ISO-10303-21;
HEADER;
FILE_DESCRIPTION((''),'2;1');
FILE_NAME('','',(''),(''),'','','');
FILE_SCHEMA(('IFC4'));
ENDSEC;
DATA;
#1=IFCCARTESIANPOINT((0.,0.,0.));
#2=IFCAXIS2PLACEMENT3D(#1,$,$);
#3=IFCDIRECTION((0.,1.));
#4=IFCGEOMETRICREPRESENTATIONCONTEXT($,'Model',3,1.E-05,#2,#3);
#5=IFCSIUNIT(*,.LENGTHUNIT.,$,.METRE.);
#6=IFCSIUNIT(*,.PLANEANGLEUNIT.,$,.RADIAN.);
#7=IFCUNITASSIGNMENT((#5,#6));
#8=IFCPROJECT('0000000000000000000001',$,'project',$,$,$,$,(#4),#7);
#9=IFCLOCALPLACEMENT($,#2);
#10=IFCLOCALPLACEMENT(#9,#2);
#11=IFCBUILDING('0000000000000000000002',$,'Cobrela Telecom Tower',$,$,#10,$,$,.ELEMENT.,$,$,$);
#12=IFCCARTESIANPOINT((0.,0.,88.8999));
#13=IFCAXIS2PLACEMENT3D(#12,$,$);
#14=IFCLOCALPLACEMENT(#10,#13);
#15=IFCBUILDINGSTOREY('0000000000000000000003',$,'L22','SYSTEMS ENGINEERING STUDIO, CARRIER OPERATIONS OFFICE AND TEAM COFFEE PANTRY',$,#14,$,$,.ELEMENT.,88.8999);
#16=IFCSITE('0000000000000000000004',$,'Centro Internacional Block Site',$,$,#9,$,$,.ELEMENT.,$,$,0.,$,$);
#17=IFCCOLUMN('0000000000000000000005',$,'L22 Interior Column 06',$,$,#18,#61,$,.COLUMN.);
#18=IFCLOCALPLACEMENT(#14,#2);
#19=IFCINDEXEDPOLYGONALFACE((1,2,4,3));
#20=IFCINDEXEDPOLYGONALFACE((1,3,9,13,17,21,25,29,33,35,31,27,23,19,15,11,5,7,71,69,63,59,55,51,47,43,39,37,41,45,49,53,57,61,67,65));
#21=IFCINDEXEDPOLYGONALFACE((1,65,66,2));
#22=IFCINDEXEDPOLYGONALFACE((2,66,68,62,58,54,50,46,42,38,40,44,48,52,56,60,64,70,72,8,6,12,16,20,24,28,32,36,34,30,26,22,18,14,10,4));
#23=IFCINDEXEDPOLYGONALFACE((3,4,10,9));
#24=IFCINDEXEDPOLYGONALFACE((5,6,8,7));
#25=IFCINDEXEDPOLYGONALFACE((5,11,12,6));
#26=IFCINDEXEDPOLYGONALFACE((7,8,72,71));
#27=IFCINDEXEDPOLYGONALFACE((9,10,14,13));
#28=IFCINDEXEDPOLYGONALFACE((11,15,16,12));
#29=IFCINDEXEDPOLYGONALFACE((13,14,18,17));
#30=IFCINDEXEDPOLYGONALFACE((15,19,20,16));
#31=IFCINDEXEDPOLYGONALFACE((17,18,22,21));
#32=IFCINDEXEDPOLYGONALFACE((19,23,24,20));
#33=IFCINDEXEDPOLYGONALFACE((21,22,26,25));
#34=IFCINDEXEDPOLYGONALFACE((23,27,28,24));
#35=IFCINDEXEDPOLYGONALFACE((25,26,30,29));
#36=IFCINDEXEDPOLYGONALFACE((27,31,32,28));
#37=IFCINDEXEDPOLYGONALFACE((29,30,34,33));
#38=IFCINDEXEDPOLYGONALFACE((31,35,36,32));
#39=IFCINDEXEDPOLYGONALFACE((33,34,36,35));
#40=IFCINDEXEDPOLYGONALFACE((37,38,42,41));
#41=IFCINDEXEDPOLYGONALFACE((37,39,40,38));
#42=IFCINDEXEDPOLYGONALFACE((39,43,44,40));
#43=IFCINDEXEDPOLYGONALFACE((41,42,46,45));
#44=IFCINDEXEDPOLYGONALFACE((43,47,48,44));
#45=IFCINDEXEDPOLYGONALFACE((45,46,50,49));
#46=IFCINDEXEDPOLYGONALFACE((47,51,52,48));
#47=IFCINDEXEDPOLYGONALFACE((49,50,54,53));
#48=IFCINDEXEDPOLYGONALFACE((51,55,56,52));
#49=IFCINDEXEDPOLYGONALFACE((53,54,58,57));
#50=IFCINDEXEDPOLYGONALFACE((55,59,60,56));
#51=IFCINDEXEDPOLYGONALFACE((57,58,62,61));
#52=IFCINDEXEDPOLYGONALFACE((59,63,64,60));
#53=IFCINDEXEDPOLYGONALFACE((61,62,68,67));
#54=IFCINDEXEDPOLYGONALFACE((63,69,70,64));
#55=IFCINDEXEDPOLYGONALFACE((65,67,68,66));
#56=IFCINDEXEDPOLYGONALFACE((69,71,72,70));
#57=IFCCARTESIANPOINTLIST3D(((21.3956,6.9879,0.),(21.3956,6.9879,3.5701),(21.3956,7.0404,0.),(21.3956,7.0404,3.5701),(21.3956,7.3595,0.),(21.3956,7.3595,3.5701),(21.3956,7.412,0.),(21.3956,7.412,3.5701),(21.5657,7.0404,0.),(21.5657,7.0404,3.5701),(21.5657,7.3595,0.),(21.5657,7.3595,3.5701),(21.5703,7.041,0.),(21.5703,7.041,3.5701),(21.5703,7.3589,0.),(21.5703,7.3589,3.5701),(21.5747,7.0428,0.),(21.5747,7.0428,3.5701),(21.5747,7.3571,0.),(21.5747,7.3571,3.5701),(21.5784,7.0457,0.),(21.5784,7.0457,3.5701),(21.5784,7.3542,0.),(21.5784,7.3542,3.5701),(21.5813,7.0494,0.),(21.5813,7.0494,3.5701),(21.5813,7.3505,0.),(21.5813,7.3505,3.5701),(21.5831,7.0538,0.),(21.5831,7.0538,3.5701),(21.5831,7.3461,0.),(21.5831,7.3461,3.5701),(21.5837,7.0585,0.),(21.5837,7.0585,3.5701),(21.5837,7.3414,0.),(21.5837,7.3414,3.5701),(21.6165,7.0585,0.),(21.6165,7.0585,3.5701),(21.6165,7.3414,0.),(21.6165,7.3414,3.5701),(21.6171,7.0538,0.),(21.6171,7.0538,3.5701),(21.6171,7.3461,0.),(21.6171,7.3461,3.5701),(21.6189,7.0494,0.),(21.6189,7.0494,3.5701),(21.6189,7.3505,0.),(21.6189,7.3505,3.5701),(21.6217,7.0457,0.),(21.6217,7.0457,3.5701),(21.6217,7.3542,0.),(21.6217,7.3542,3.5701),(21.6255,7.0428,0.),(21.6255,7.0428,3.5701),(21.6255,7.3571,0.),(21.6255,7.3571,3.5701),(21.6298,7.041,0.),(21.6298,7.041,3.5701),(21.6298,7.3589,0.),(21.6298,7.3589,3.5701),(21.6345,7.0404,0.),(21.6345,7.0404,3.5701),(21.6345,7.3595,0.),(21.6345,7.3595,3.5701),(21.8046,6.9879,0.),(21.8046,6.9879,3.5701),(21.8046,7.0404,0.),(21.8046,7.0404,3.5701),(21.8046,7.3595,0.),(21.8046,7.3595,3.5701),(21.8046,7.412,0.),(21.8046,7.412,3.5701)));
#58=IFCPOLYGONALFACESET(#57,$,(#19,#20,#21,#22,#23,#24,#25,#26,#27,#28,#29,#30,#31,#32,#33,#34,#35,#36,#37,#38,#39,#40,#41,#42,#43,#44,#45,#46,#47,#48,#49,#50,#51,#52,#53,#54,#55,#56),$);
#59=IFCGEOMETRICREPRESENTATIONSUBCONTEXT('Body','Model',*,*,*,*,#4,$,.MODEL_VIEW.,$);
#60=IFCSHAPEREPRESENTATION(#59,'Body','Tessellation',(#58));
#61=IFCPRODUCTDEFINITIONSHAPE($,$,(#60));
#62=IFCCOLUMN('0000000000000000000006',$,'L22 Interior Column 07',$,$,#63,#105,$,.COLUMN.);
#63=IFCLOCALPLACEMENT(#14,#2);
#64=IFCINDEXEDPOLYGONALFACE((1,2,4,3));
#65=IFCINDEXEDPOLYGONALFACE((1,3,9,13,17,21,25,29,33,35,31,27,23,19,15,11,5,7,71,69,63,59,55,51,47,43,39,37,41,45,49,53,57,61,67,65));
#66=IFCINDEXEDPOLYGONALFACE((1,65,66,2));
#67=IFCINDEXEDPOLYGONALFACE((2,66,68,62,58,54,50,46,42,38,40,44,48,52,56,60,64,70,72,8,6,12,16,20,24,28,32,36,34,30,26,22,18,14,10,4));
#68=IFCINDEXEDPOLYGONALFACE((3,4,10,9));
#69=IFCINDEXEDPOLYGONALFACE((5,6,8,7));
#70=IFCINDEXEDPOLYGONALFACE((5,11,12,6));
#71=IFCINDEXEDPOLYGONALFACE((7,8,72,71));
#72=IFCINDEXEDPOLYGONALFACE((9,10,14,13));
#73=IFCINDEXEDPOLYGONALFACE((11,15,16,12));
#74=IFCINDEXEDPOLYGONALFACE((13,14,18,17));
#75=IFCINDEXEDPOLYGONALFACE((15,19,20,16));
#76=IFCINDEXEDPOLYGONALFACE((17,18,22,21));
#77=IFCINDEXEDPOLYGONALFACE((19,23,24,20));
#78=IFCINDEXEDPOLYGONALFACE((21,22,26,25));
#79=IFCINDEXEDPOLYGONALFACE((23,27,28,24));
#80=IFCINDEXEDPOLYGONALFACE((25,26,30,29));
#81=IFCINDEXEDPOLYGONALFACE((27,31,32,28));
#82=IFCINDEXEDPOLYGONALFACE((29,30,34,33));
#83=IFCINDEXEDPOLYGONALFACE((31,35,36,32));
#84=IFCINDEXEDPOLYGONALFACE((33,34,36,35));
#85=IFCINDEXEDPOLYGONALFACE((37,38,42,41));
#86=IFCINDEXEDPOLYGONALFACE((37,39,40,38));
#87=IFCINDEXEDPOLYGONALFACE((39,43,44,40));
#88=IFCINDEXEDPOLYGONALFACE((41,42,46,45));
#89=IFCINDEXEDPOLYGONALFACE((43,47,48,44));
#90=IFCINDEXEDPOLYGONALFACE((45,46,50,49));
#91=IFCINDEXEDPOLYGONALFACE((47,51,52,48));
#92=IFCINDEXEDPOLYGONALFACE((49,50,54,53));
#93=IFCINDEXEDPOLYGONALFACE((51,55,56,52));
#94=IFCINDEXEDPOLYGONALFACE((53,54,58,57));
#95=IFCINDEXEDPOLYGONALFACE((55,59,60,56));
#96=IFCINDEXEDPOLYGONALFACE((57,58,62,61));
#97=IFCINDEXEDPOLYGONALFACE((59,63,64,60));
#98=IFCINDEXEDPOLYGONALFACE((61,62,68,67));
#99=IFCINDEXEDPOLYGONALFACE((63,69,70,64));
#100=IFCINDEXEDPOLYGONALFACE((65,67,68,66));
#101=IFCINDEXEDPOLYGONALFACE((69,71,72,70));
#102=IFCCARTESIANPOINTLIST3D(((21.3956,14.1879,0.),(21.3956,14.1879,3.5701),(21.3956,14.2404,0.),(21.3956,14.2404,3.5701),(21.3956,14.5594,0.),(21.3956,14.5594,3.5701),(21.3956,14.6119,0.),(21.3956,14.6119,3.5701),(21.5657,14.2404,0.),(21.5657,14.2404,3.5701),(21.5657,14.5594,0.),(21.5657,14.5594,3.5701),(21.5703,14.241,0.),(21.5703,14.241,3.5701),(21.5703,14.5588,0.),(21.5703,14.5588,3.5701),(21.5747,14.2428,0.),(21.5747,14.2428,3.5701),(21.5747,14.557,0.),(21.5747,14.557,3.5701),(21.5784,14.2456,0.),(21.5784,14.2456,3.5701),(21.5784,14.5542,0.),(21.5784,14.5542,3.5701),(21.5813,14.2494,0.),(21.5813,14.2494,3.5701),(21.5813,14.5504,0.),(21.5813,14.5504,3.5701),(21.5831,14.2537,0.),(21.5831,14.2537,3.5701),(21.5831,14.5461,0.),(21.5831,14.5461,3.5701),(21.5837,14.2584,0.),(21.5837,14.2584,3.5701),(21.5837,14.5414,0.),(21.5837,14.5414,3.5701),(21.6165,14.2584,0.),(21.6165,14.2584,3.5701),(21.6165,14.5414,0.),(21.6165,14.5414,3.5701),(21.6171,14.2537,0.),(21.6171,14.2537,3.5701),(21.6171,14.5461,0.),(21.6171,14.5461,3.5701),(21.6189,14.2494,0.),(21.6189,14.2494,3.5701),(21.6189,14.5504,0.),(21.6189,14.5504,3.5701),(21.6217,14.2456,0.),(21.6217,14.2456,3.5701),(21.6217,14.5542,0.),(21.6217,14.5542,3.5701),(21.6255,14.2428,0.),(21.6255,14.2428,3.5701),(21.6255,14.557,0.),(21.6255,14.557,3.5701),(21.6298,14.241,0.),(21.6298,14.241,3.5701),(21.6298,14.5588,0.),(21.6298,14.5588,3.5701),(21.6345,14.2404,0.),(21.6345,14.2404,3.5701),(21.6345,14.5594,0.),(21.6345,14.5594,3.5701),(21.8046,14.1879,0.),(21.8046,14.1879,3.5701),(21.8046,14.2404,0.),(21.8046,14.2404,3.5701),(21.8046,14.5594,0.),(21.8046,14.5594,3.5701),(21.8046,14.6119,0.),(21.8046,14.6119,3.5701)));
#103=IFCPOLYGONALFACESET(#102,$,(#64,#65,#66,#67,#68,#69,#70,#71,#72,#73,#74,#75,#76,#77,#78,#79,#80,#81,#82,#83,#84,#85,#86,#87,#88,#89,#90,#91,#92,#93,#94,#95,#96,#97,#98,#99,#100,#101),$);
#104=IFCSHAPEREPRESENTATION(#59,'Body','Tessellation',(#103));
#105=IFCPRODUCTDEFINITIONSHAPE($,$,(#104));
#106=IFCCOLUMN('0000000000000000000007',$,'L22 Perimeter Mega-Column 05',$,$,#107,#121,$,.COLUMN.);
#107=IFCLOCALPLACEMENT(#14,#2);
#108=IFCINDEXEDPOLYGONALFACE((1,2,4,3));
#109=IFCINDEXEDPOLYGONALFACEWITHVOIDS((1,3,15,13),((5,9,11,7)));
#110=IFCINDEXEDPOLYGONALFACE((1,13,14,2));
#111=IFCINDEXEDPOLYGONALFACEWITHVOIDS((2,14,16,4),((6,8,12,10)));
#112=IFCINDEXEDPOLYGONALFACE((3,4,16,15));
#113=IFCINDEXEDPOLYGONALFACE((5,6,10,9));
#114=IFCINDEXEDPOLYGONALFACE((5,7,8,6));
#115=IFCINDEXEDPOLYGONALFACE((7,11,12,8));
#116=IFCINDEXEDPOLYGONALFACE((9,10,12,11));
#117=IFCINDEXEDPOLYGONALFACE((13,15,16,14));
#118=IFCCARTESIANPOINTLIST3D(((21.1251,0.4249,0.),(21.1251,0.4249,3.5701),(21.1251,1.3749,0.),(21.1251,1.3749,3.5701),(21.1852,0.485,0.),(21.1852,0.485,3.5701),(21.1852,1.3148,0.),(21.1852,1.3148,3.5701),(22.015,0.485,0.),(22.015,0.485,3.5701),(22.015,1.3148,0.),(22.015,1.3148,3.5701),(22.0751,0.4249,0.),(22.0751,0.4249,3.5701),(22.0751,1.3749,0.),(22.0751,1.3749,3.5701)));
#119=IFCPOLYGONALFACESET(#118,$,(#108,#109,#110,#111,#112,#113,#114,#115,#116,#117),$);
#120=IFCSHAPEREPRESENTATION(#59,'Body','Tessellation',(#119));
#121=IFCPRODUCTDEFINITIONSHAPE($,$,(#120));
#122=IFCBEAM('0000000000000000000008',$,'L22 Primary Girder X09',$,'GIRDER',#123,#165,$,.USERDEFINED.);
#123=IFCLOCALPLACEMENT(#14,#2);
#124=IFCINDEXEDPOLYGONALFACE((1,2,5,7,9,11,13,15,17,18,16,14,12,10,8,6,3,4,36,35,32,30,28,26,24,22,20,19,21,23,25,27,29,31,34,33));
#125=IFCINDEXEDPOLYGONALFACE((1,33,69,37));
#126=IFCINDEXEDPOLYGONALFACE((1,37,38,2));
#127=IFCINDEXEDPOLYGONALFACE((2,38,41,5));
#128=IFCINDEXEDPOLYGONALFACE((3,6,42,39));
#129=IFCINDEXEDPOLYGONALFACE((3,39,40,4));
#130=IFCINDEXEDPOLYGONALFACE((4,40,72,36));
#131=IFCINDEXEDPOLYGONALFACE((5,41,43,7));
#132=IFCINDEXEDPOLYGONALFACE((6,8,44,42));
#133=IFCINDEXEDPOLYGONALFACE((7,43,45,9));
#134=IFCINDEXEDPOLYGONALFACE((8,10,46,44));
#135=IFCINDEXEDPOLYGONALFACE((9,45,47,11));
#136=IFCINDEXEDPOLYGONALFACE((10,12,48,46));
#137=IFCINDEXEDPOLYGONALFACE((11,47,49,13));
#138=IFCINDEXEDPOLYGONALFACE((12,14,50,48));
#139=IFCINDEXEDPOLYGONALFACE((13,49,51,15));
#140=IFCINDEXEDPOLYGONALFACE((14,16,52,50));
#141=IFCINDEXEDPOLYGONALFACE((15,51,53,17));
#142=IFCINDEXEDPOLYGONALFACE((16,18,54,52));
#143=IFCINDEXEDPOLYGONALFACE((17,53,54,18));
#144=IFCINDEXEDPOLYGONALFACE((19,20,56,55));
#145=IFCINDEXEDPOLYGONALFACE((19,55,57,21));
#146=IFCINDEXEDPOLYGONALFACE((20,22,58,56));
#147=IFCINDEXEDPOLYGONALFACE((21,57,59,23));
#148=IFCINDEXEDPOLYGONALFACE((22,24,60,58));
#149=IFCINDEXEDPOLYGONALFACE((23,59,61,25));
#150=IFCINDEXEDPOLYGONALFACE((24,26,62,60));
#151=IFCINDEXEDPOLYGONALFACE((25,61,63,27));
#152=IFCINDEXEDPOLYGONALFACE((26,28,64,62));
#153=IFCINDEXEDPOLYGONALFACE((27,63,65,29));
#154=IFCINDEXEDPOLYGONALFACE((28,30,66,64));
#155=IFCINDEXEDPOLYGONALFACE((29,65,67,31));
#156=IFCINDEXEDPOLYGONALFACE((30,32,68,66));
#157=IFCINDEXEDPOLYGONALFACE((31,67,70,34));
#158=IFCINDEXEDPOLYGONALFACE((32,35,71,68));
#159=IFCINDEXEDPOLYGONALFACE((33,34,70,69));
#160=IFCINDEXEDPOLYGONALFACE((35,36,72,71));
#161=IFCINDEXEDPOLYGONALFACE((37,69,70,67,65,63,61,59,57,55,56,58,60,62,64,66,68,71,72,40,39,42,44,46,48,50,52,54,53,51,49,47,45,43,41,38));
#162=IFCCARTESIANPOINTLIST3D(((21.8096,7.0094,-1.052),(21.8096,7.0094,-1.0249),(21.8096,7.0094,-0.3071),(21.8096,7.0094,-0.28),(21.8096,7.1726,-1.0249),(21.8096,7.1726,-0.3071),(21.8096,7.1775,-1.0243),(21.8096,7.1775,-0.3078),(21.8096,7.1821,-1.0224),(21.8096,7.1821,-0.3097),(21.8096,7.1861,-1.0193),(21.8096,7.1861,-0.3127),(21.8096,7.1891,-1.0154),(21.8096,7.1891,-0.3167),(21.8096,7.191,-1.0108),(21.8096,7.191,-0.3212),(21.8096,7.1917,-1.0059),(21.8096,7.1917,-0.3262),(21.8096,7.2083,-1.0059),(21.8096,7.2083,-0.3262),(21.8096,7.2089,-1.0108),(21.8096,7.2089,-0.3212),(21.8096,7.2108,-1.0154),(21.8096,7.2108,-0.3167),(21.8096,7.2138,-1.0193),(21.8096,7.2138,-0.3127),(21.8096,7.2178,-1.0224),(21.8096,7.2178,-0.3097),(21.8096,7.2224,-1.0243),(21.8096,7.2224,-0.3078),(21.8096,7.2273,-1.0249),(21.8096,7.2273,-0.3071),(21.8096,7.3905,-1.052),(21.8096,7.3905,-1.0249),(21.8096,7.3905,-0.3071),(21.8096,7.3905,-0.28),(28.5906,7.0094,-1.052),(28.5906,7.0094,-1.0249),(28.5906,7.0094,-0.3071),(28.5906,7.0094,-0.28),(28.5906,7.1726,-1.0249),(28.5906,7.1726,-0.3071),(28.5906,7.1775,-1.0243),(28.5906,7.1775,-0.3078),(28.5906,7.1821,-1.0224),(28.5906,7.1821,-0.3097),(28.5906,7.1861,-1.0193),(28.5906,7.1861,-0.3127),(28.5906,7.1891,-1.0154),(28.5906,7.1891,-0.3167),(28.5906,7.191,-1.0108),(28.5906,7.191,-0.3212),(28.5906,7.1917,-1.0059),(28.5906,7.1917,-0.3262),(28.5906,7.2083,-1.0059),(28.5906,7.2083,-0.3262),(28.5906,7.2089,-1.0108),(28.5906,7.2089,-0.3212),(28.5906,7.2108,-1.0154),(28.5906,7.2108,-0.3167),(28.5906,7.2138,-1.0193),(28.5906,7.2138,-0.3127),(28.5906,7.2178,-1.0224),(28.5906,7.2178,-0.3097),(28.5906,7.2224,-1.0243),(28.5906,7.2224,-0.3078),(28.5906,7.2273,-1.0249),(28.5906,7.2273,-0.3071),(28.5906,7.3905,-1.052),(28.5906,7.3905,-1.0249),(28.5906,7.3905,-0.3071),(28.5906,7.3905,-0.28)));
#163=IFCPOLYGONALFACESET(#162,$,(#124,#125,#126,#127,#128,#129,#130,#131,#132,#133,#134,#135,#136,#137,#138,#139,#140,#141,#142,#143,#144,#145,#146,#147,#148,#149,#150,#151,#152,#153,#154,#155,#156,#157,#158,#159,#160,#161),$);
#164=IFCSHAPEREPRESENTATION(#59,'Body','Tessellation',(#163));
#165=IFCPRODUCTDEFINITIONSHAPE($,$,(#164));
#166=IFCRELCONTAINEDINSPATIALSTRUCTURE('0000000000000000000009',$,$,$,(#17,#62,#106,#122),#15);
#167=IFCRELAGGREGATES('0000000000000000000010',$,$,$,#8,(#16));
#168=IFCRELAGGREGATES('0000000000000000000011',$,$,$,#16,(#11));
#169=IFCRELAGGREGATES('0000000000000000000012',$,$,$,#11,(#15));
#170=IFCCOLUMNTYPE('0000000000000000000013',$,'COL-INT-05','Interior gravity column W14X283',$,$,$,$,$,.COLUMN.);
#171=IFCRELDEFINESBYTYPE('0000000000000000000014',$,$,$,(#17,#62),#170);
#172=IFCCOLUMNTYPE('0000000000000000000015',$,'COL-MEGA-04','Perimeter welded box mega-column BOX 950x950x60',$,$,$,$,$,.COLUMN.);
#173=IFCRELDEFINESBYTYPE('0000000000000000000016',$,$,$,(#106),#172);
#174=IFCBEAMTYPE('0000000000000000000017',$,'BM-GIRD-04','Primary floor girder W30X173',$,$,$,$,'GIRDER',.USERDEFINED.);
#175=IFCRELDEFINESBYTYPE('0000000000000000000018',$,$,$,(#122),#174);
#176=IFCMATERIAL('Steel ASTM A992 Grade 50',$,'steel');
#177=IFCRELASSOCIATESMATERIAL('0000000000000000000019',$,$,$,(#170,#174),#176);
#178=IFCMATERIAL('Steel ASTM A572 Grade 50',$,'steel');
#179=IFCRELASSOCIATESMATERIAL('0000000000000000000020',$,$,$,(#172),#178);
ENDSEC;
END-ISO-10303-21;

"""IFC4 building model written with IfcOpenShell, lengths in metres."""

from ifc_helpers import new_model, si_unit, direction, frame, origin, origin_2d, place, context, subcontext, project, spatial, hollow_rectangle, i_section, extrude, material, material_profile, profile_set, type_object, element, save


model = new_model("IFC4")

# Units and contexts
model_context = context("Model", 3, precision=1e-05, world=origin(), true_north=direction((0.0, 1.0)))
body_context = subcontext(model_context, "Body", "Model", "MODEL_VIEW")
ifc_project = project(units=[si_unit("LENGTHUNIT", "METRE"), si_unit("PLANEANGLEUNIT", "RADIAN")], contexts=[model_context])

# Site, building, storey
site_placement = place(None, origin())
site = spatial("IfcSite", under=ifc_project, at=site_placement, Name="Centro Internacional Block Site", CompositionType="ELEMENT", RefElevation=0.0)
building_placement = place(site_placement, origin())
building = spatial("IfcBuilding", under=site, at=building_placement, Name="Cobrela Telecom Tower", CompositionType="ELEMENT")
storey_placement = place(building_placement, frame((0.0, 0.0, 88.8999)))
storey = spatial("IfcBuildingStorey", under=building, at=storey_placement, Name="L22", Description="SYSTEMS ENGINEERING STUDIO, CARRIER OPERATIONS OFFICE AND TEAM COFFEE PANTRY", CompositionType="ELEMENT", Elevation=88.8999)

# Columns
ifc_material_1 = material(Name="Steel ASTM A992 Grade 50", Category="steel")
ifc_material_profile_1 = material_profile(ifc_material_1, i_section(OverallWidth=0.4089, OverallDepth=0.4241, WebThickness=0.0327, FlangeThickness=0.0525, FilletRadius=0.0181, at=origin_2d()), Name="W14X283")
ifc_profile_set_1 = profile_set([ifc_material_profile_1], Name="Steel ASTM A992 Grade 50")
column_type_1 = type_object("IfcColumnType", Name="COL-INT-05", Description="Interior gravity column W14X283", PredefinedType="COLUMN", material=ifc_profile_set_1)
for number, where, z_axis, x_axis, name in (
    (1, (21.6001, 7.2, 0.0), (0.0, 0.0, 1.0), (1.0, 0.0, 0.0), "L22 Interior Column 06"),
    (2, (21.6001, 14.3999, 0.0), (0.0, 0.0, 1.0), (1.0, 0.0, 0.0), "L22 Interior Column 07"),
):
    element("IfcColumn", number, at=place(storey_placement, frame(where, z_axis=z_axis, x_axis=x_axis)), inside=storey, type_object=column_type_1, Name=name, PredefinedType="COLUMN", context=body_context, shape_type="SweptSolid", body=[
        extrude(i_section(OverallWidth=0.4089, OverallDepth=0.4241, WebThickness=0.0327, FlangeThickness=0.0525, FilletRadius=0.0181, at=origin_2d()), origin(), (0.0, 0.0, 1.0), 3.5701),
    ])
ifc_material_2 = material(Name="Steel ASTM A572 Grade 50", Category="steel")
ifc_material_profile_2 = material_profile(ifc_material_2, hollow_rectangle(XDim=0.95, YDim=0.95, WallThickness=0.0601, at=origin_2d()), Name="BOX 950x950x60")
ifc_profile_set_2 = profile_set([ifc_material_profile_2], Name="Steel ASTM A572 Grade 50")
column_type_2 = type_object("IfcColumnType", Name="COL-MEGA-04", Description="Perimeter welded box mega-column BOX 950x950x60", PredefinedType="COLUMN", material=ifc_profile_set_2)
column_placement = place(storey_placement, frame((21.6001, 0.8999, 0.0), z_axis=(0.0, 0.0, 1.0), x_axis=(1.0, 0.0, 0.0)))
element("IfcColumn", 3, at=column_placement, inside=storey, type_object=column_type_2, Name="L22 Perimeter Mega-Column 05", PredefinedType="COLUMN", context=body_context, shape_type="SweptSolid", body=[
    extrude(hollow_rectangle(XDim=0.95, YDim=0.95, WallThickness=0.0601, at=origin_2d()), origin(), (0.0, 0.0, 1.0), 3.5701),
])

# Beam
ifc_material_profile_3 = material_profile(ifc_material_1, i_section(OverallWidth=0.3811, OverallDepth=0.772, WebThickness=0.0166, FlangeThickness=0.0271, FilletRadius=0.019, at=origin_2d()), Name="W30X173")
ifc_profile_set_3 = profile_set([ifc_material_profile_3], Name="Steel ASTM A992 Grade 50")
beam_type_1 = type_object("IfcBeamType", Name="BM-GIRD-04", Description="Primary floor girder W30X173", ElementType="GIRDER", PredefinedType="USERDEFINED", material=ifc_profile_set_3)
for number, where, z_axis, x_axis, name in (
    (4, (21.8096, 7.2, -0.666), (1.0, 0.0, 0.0), (0.0, 1.0, 0.0), "L22 Primary Girder X09"),
):
    element("IfcBeam", number, at=place(storey_placement, frame(where, z_axis=z_axis, x_axis=x_axis)), inside=storey, type_object=beam_type_1, Name=name, ObjectType="GIRDER", PredefinedType="USERDEFINED", context=body_context, shape_type="SweptSolid", body=[
        extrude(i_section(OverallWidth=0.3811, OverallDepth=0.772, WebThickness=0.0166, FlangeThickness=0.0271, FilletRadius=0.019, at=origin_2d()), origin(), (0.0, 0.0, 1.0), 6.781),
    ])

save(model, "model.ifc")
